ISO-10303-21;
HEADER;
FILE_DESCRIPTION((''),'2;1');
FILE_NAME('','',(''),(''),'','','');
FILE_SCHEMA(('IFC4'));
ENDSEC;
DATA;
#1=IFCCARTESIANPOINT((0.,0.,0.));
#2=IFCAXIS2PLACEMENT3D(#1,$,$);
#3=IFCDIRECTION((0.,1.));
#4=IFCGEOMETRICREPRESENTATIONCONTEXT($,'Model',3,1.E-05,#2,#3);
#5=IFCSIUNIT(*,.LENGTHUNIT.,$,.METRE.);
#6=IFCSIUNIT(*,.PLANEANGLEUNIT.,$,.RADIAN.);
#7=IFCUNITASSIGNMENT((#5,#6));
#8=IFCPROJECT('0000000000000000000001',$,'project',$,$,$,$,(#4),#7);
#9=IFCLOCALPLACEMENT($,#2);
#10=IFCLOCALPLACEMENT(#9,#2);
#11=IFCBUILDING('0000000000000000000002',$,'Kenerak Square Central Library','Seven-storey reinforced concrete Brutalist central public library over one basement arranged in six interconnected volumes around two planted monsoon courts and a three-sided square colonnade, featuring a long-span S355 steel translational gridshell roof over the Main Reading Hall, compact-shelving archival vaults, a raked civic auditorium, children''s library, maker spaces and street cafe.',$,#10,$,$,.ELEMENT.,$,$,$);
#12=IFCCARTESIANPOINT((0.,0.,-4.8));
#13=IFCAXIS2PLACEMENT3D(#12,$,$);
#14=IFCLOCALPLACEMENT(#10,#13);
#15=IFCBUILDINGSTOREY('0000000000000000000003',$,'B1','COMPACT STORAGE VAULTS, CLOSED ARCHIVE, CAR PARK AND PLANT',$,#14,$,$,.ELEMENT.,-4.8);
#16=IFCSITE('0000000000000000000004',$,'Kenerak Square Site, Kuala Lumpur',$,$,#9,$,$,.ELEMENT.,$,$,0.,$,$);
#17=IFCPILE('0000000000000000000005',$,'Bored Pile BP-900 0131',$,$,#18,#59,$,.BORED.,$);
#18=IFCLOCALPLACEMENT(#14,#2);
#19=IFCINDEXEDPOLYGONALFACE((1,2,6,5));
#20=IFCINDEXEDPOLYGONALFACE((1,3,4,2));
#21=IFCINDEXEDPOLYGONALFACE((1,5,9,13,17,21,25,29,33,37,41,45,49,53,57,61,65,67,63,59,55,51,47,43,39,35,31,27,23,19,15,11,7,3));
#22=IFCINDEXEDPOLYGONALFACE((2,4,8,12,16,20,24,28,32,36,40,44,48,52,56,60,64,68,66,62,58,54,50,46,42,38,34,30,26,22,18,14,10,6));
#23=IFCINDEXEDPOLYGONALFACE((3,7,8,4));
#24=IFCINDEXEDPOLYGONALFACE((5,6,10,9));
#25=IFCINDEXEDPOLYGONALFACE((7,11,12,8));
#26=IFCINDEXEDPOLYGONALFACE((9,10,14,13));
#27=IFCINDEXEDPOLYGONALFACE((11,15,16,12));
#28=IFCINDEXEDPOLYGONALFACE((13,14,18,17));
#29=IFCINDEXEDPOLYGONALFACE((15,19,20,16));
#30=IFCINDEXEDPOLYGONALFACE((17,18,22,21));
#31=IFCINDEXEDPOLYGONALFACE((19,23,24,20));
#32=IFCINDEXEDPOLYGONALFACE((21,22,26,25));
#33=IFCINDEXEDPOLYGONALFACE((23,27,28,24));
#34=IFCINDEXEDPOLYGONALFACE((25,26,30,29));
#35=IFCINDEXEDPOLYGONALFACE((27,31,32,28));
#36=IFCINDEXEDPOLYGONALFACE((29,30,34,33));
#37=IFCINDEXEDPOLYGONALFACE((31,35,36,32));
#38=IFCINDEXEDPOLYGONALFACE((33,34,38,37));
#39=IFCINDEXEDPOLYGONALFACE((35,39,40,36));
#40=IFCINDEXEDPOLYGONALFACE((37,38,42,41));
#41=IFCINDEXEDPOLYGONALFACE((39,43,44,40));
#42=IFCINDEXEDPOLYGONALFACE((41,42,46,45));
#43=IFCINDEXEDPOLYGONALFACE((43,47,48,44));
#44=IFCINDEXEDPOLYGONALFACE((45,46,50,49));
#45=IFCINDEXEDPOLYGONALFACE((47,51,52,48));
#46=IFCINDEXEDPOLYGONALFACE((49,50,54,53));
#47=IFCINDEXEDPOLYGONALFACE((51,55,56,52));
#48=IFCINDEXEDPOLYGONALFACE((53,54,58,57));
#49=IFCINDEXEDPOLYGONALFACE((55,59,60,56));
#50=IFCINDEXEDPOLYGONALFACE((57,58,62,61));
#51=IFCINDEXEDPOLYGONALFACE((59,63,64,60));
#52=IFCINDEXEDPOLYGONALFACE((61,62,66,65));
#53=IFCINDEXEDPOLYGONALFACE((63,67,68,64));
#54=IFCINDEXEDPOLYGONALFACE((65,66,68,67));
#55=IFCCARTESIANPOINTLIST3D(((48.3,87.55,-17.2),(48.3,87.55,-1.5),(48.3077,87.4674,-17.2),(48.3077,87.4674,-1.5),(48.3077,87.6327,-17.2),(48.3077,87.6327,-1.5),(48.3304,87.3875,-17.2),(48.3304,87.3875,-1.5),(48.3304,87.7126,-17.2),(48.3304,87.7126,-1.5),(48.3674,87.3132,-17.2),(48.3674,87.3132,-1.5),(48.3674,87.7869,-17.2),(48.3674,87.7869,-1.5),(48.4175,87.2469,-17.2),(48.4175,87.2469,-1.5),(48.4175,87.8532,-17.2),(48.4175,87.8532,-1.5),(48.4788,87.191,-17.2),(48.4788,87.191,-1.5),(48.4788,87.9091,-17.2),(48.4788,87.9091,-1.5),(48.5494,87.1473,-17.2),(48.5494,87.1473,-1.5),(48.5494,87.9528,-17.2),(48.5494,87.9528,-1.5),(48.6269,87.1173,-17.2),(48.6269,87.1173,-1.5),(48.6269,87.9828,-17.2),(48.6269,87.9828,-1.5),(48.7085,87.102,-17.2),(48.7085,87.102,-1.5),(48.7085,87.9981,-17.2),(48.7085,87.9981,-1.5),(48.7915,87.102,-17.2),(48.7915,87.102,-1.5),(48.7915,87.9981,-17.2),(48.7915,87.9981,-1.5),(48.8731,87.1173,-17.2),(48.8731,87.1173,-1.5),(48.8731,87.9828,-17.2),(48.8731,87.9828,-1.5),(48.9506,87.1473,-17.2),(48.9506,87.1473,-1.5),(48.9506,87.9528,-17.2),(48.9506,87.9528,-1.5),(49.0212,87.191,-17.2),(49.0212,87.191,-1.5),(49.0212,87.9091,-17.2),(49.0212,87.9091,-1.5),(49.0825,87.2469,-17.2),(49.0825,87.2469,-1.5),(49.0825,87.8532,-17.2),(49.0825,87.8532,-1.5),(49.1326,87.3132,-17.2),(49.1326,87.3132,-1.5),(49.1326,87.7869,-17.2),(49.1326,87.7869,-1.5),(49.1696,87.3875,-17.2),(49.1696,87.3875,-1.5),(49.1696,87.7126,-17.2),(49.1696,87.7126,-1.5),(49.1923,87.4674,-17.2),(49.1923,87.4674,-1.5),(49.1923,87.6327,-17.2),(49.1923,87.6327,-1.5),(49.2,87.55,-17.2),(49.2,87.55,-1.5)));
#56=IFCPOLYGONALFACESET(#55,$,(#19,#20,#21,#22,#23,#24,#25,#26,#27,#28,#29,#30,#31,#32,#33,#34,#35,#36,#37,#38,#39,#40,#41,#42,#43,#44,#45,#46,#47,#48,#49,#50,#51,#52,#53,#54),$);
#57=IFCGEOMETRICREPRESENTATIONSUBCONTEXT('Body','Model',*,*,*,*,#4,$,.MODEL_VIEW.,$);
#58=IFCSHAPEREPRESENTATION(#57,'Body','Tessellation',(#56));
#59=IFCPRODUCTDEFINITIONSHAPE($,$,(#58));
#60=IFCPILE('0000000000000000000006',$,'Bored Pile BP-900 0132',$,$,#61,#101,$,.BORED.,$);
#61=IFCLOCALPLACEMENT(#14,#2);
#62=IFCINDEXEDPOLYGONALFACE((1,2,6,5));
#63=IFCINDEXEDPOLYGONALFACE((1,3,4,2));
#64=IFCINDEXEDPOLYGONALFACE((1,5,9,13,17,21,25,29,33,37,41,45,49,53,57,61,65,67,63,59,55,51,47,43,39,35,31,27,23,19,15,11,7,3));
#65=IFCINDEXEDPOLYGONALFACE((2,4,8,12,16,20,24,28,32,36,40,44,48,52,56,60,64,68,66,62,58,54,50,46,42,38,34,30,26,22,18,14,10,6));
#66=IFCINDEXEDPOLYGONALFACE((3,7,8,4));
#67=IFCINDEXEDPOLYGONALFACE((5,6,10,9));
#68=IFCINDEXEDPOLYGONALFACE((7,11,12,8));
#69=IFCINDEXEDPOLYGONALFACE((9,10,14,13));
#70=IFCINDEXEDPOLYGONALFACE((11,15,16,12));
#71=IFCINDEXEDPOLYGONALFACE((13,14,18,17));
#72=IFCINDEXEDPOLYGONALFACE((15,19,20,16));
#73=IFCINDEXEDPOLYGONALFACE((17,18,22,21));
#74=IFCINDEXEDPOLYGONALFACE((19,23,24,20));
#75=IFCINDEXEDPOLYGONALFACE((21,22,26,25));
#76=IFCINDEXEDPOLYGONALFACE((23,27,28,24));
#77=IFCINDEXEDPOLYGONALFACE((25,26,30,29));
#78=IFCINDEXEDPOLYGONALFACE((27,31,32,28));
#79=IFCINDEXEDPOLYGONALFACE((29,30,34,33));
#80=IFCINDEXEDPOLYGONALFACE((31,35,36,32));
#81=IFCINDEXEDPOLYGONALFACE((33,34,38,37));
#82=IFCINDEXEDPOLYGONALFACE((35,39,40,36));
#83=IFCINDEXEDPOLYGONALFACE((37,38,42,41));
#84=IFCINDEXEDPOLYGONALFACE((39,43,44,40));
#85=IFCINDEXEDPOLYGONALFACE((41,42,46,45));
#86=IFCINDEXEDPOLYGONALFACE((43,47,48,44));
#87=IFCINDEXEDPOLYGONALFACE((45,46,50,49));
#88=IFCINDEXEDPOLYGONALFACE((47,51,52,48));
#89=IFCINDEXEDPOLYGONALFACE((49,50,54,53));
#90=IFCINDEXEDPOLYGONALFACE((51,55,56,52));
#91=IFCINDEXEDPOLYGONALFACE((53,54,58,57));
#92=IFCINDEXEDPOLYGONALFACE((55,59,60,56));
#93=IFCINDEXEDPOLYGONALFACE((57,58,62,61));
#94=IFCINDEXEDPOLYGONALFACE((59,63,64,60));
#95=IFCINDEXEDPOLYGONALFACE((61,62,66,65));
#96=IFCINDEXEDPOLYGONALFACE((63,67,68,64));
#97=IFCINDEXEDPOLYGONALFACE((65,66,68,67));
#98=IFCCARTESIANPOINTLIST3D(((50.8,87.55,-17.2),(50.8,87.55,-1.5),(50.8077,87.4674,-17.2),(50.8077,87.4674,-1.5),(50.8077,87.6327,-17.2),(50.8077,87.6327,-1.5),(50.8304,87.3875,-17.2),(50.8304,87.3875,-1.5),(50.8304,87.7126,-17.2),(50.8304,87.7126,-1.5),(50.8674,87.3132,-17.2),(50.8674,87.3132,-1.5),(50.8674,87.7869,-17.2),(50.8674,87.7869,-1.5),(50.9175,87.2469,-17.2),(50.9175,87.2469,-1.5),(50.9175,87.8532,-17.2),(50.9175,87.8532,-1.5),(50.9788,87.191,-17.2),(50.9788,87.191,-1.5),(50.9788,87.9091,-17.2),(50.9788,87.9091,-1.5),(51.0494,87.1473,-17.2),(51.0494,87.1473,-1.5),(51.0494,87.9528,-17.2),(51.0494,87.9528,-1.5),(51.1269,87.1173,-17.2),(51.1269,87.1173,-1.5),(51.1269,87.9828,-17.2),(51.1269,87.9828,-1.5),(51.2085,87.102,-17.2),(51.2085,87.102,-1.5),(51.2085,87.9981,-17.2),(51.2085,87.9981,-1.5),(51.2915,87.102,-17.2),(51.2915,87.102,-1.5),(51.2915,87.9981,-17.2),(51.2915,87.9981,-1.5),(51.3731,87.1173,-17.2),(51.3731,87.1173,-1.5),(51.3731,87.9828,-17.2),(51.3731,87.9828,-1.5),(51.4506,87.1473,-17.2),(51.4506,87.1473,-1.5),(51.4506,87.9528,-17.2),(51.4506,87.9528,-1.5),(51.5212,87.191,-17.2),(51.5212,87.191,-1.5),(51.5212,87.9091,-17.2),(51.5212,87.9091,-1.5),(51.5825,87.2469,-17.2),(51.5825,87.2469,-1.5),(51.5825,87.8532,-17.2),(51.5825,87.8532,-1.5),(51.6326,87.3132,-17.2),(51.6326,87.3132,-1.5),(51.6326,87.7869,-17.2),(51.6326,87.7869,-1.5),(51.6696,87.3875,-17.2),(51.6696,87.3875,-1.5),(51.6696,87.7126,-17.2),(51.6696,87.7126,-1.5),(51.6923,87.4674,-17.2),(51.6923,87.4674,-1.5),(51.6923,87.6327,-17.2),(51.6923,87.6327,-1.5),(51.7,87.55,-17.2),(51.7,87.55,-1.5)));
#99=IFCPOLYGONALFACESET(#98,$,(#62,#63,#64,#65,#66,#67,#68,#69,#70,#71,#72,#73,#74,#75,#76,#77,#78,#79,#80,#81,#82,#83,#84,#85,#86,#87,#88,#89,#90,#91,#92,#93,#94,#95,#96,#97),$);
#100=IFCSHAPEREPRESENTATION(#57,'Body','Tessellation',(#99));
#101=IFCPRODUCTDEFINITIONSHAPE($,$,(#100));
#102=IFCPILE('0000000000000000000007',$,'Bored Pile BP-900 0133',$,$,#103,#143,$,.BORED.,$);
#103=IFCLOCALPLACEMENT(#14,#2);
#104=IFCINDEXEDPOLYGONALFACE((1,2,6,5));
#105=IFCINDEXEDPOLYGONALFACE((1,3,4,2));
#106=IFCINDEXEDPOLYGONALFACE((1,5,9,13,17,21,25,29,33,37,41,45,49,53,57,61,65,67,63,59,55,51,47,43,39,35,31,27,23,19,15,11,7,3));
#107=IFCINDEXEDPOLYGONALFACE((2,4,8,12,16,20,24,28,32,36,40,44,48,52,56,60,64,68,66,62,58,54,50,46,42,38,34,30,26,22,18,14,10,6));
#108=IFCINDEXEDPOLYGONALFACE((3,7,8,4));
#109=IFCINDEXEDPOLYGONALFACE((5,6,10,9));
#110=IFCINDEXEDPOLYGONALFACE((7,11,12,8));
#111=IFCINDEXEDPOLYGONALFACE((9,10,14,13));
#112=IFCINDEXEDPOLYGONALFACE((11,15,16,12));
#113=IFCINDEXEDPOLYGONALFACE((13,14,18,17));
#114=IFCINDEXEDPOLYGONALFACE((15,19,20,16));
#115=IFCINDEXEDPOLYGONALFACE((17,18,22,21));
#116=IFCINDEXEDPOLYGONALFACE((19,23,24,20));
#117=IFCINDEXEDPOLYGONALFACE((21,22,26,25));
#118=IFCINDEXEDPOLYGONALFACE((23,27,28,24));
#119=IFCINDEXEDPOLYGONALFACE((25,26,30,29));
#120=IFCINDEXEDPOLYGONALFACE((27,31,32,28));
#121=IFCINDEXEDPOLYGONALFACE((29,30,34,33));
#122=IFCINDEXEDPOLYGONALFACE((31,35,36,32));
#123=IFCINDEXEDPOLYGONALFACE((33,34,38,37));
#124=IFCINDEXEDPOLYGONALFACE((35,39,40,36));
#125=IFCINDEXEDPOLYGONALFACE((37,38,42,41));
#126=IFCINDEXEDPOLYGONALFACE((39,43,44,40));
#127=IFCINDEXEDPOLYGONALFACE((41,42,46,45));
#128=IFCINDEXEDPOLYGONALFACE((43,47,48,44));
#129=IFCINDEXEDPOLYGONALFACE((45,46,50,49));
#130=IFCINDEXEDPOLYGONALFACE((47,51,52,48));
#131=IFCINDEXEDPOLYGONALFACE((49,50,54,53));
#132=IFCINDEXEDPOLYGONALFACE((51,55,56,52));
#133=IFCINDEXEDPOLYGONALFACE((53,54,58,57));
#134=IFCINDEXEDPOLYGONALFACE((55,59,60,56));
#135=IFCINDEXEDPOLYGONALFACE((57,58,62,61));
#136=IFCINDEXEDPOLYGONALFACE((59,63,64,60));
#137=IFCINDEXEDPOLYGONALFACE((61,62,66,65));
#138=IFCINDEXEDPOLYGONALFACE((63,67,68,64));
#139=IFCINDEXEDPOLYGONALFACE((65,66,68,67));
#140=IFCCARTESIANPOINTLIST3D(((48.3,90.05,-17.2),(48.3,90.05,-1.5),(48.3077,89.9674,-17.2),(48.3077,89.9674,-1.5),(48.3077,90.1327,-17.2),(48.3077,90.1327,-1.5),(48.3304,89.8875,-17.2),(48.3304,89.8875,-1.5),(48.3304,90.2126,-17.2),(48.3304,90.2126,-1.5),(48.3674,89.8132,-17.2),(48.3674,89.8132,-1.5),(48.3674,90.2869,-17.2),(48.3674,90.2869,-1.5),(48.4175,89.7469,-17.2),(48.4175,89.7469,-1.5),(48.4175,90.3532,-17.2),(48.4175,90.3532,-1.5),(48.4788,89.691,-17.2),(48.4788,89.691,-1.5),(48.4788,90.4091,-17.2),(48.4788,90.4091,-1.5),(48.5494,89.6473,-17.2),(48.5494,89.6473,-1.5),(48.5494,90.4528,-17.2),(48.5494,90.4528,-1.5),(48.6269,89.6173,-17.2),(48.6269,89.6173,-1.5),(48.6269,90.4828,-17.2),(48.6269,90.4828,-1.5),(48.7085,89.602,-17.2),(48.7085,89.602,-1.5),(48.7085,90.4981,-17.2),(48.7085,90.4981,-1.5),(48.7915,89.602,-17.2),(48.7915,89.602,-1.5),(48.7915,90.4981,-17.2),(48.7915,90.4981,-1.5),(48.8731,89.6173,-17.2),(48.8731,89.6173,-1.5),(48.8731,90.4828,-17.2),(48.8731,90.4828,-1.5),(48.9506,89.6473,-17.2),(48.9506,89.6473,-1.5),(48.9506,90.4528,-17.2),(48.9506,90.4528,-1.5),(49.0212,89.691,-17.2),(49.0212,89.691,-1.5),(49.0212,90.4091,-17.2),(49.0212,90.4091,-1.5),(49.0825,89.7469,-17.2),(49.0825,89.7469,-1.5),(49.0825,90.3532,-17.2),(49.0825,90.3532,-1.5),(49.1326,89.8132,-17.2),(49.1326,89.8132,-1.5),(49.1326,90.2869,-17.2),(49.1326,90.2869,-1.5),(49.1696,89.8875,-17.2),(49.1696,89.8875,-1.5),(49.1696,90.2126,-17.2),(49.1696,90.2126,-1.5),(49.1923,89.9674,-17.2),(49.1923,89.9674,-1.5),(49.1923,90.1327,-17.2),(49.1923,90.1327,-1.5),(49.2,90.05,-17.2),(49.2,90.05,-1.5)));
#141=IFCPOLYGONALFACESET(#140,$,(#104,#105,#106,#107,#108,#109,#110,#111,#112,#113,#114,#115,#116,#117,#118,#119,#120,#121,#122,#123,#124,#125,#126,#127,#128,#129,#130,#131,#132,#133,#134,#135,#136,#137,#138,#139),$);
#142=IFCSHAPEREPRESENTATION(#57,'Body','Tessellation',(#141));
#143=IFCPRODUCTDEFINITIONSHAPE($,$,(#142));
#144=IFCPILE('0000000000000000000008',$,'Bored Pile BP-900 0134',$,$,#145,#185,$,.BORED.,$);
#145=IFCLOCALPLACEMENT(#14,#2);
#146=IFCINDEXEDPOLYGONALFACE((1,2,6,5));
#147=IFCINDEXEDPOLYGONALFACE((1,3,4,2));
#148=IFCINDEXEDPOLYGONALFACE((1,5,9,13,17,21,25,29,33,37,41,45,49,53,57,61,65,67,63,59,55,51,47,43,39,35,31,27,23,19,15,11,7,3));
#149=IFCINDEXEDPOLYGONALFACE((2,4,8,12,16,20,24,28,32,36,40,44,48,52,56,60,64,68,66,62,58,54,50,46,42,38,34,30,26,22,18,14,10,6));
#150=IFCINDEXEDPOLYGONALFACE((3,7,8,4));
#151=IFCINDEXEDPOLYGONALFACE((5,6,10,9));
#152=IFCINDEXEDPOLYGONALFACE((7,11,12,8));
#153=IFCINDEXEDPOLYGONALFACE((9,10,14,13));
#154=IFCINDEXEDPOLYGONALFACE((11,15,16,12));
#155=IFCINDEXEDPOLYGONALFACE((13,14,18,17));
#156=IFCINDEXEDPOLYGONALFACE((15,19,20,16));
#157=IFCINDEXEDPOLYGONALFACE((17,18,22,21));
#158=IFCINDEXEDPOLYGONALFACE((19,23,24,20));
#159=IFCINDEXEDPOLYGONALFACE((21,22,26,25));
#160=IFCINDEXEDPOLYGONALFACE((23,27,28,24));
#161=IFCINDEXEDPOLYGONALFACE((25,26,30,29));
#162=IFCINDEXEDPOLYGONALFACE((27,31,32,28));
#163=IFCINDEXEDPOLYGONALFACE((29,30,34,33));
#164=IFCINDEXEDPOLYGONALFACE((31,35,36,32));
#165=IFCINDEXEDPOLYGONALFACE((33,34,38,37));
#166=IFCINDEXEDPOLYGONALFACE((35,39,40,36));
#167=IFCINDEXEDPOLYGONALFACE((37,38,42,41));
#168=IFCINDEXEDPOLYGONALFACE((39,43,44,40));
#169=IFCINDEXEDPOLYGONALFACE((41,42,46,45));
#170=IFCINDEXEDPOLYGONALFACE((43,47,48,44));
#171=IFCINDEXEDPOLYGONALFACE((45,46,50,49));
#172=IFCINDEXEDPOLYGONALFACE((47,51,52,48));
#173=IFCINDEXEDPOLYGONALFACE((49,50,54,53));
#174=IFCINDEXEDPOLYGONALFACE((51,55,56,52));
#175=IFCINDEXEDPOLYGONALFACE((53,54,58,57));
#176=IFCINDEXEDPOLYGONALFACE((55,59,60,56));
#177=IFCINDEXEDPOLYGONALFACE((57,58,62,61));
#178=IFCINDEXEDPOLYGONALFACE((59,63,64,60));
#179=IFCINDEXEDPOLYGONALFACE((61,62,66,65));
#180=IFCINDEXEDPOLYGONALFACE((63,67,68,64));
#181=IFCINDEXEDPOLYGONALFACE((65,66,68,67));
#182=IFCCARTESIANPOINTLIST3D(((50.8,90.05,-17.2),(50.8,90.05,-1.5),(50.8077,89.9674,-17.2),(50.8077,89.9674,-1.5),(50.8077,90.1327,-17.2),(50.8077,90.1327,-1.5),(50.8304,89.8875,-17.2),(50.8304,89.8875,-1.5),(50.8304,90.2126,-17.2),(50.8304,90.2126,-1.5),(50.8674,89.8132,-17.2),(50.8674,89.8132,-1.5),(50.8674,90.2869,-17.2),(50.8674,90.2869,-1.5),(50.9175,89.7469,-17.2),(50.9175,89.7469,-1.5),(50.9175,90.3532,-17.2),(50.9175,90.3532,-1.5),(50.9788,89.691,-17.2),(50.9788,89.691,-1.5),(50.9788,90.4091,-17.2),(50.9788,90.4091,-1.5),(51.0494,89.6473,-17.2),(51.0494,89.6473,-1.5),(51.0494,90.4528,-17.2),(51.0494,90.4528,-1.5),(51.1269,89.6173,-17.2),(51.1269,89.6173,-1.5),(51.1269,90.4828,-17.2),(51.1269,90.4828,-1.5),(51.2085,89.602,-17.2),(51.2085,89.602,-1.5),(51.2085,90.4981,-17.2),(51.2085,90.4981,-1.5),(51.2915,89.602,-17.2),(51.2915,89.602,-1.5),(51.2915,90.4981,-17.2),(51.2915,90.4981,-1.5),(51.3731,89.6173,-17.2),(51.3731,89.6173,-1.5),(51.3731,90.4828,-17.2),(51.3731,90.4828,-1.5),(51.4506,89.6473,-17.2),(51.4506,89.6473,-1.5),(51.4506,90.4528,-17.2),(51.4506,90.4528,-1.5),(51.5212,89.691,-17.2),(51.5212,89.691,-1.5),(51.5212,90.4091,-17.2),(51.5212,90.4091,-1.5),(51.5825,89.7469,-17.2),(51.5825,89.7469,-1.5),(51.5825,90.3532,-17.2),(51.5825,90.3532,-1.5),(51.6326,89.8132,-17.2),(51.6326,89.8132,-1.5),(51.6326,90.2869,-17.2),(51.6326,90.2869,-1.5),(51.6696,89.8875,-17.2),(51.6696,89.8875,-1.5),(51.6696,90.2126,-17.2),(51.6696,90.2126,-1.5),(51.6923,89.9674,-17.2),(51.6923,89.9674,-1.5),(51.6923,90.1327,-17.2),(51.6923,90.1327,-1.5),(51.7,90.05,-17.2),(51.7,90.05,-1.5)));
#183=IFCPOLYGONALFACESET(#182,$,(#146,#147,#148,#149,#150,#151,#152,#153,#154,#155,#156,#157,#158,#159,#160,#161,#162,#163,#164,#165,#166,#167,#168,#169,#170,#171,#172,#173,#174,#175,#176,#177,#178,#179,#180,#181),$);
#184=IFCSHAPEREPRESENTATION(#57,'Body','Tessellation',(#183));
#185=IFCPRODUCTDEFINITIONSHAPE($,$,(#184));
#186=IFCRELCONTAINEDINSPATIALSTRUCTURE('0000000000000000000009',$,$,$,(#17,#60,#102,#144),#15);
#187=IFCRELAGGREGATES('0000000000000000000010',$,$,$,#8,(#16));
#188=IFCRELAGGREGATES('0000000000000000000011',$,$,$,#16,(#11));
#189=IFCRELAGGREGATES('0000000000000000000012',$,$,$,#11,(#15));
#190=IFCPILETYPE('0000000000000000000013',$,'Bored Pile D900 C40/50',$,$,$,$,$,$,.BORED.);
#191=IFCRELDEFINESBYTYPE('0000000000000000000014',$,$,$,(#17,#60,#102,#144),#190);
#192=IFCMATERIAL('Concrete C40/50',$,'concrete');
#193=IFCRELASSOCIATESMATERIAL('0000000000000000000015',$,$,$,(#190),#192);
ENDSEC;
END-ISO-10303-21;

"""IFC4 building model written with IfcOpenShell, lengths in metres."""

from ifc_helpers import new_model, si_unit, direction, frame, origin, origin_2d, place, context, subcontext, project, spatial, circle, extrude, material, material_profile, profile_set, type_object, element, save


model = new_model("IFC4")

# Units and contexts
model_context = context("Model", 3, precision=1e-05, world=origin(), true_north=direction((0.0, 1.0)))
body_context = subcontext(model_context, "Body", "Model", "MODEL_VIEW")
ifc_project = project(units=[si_unit("LENGTHUNIT", "METRE"), si_unit("PLANEANGLEUNIT", "RADIAN")], contexts=[model_context])

# Site, building, storey
site_placement = place(None, origin())
site = spatial("IfcSite", under=ifc_project, at=site_placement, Name="Kenerak Square Site, Kuala Lumpur", CompositionType="ELEMENT", RefElevation=0.0)
building_placement = place(site_placement, origin())
building = spatial("IfcBuilding", under=site, at=building_placement, Name="Kenerak Square Central Library", Description="Seven-storey reinforced concrete Brutalist central public library over one basement arranged in six interconnected volumes around two planted monsoon courts and a three-sided square colonnade, featuring a long-span S355 steel translational gridshell roof over the Main Reading Hall, compact-shelving archival vaults, a raked civic auditorium, children's library, maker spaces and street cafe.", CompositionType="ELEMENT")
storey_placement = place(building_placement, frame((0.0, 0.0, -4.8)))
storey = spatial("IfcBuildingStorey", under=building, at=storey_placement, Name="B1", Description="COMPACT STORAGE VAULTS, CLOSED ARCHIVE, CAR PARK AND PLANT", CompositionType="ELEMENT", Elevation=-4.8)

# Piles
ifc_material_1 = material(Name="Concrete C40/50", Category="concrete")
ifc_material_profile_1 = material_profile(ifc_material_1, circle(Radius=0.45, at=origin_2d()), Name="BP D900")
ifc_profile_set_1 = profile_set([ifc_material_profile_1], Name="Concrete C40/50")
pile_type = type_object("IfcPileType", Name="Bored Pile D900 C40/50", PredefinedType="BORED", material=ifc_profile_set_1)
for number, where, z_axis, x_axis, name in (
    (1, (48.75, 87.55, -1.5), (0.0, 0.0, -1.0), (1.0, 0.0, 0.0), "Bored Pile BP-900 0131"),
    (2, (51.25, 87.55, -1.5), (0.0, 0.0, -1.0), (1.0, 0.0, 0.0), "Bored Pile BP-900 0132"),
    (3, (48.75, 90.05, -1.5), (0.0, 0.0, -1.0), (1.0, 0.0, 0.0), "Bored Pile BP-900 0133"),
    (4, (51.25, 90.05, -1.5), (0.0, 0.0, -1.0), (1.0, 0.0, 0.0), "Bored Pile BP-900 0134"),
):
    element("IfcPile", number, at=place(storey_placement, frame(where, z_axis=z_axis, x_axis=x_axis)), inside=storey, type_object=pile_type, Name=name, PredefinedType="BORED", context=body_context, shape_type="SweptSolid", body=[
        extrude(circle(Radius=0.45, at=origin_2d()), origin(), (0.0, 0.0, 1.0), 15.7),
    ])

save(model, "model.ifc")
